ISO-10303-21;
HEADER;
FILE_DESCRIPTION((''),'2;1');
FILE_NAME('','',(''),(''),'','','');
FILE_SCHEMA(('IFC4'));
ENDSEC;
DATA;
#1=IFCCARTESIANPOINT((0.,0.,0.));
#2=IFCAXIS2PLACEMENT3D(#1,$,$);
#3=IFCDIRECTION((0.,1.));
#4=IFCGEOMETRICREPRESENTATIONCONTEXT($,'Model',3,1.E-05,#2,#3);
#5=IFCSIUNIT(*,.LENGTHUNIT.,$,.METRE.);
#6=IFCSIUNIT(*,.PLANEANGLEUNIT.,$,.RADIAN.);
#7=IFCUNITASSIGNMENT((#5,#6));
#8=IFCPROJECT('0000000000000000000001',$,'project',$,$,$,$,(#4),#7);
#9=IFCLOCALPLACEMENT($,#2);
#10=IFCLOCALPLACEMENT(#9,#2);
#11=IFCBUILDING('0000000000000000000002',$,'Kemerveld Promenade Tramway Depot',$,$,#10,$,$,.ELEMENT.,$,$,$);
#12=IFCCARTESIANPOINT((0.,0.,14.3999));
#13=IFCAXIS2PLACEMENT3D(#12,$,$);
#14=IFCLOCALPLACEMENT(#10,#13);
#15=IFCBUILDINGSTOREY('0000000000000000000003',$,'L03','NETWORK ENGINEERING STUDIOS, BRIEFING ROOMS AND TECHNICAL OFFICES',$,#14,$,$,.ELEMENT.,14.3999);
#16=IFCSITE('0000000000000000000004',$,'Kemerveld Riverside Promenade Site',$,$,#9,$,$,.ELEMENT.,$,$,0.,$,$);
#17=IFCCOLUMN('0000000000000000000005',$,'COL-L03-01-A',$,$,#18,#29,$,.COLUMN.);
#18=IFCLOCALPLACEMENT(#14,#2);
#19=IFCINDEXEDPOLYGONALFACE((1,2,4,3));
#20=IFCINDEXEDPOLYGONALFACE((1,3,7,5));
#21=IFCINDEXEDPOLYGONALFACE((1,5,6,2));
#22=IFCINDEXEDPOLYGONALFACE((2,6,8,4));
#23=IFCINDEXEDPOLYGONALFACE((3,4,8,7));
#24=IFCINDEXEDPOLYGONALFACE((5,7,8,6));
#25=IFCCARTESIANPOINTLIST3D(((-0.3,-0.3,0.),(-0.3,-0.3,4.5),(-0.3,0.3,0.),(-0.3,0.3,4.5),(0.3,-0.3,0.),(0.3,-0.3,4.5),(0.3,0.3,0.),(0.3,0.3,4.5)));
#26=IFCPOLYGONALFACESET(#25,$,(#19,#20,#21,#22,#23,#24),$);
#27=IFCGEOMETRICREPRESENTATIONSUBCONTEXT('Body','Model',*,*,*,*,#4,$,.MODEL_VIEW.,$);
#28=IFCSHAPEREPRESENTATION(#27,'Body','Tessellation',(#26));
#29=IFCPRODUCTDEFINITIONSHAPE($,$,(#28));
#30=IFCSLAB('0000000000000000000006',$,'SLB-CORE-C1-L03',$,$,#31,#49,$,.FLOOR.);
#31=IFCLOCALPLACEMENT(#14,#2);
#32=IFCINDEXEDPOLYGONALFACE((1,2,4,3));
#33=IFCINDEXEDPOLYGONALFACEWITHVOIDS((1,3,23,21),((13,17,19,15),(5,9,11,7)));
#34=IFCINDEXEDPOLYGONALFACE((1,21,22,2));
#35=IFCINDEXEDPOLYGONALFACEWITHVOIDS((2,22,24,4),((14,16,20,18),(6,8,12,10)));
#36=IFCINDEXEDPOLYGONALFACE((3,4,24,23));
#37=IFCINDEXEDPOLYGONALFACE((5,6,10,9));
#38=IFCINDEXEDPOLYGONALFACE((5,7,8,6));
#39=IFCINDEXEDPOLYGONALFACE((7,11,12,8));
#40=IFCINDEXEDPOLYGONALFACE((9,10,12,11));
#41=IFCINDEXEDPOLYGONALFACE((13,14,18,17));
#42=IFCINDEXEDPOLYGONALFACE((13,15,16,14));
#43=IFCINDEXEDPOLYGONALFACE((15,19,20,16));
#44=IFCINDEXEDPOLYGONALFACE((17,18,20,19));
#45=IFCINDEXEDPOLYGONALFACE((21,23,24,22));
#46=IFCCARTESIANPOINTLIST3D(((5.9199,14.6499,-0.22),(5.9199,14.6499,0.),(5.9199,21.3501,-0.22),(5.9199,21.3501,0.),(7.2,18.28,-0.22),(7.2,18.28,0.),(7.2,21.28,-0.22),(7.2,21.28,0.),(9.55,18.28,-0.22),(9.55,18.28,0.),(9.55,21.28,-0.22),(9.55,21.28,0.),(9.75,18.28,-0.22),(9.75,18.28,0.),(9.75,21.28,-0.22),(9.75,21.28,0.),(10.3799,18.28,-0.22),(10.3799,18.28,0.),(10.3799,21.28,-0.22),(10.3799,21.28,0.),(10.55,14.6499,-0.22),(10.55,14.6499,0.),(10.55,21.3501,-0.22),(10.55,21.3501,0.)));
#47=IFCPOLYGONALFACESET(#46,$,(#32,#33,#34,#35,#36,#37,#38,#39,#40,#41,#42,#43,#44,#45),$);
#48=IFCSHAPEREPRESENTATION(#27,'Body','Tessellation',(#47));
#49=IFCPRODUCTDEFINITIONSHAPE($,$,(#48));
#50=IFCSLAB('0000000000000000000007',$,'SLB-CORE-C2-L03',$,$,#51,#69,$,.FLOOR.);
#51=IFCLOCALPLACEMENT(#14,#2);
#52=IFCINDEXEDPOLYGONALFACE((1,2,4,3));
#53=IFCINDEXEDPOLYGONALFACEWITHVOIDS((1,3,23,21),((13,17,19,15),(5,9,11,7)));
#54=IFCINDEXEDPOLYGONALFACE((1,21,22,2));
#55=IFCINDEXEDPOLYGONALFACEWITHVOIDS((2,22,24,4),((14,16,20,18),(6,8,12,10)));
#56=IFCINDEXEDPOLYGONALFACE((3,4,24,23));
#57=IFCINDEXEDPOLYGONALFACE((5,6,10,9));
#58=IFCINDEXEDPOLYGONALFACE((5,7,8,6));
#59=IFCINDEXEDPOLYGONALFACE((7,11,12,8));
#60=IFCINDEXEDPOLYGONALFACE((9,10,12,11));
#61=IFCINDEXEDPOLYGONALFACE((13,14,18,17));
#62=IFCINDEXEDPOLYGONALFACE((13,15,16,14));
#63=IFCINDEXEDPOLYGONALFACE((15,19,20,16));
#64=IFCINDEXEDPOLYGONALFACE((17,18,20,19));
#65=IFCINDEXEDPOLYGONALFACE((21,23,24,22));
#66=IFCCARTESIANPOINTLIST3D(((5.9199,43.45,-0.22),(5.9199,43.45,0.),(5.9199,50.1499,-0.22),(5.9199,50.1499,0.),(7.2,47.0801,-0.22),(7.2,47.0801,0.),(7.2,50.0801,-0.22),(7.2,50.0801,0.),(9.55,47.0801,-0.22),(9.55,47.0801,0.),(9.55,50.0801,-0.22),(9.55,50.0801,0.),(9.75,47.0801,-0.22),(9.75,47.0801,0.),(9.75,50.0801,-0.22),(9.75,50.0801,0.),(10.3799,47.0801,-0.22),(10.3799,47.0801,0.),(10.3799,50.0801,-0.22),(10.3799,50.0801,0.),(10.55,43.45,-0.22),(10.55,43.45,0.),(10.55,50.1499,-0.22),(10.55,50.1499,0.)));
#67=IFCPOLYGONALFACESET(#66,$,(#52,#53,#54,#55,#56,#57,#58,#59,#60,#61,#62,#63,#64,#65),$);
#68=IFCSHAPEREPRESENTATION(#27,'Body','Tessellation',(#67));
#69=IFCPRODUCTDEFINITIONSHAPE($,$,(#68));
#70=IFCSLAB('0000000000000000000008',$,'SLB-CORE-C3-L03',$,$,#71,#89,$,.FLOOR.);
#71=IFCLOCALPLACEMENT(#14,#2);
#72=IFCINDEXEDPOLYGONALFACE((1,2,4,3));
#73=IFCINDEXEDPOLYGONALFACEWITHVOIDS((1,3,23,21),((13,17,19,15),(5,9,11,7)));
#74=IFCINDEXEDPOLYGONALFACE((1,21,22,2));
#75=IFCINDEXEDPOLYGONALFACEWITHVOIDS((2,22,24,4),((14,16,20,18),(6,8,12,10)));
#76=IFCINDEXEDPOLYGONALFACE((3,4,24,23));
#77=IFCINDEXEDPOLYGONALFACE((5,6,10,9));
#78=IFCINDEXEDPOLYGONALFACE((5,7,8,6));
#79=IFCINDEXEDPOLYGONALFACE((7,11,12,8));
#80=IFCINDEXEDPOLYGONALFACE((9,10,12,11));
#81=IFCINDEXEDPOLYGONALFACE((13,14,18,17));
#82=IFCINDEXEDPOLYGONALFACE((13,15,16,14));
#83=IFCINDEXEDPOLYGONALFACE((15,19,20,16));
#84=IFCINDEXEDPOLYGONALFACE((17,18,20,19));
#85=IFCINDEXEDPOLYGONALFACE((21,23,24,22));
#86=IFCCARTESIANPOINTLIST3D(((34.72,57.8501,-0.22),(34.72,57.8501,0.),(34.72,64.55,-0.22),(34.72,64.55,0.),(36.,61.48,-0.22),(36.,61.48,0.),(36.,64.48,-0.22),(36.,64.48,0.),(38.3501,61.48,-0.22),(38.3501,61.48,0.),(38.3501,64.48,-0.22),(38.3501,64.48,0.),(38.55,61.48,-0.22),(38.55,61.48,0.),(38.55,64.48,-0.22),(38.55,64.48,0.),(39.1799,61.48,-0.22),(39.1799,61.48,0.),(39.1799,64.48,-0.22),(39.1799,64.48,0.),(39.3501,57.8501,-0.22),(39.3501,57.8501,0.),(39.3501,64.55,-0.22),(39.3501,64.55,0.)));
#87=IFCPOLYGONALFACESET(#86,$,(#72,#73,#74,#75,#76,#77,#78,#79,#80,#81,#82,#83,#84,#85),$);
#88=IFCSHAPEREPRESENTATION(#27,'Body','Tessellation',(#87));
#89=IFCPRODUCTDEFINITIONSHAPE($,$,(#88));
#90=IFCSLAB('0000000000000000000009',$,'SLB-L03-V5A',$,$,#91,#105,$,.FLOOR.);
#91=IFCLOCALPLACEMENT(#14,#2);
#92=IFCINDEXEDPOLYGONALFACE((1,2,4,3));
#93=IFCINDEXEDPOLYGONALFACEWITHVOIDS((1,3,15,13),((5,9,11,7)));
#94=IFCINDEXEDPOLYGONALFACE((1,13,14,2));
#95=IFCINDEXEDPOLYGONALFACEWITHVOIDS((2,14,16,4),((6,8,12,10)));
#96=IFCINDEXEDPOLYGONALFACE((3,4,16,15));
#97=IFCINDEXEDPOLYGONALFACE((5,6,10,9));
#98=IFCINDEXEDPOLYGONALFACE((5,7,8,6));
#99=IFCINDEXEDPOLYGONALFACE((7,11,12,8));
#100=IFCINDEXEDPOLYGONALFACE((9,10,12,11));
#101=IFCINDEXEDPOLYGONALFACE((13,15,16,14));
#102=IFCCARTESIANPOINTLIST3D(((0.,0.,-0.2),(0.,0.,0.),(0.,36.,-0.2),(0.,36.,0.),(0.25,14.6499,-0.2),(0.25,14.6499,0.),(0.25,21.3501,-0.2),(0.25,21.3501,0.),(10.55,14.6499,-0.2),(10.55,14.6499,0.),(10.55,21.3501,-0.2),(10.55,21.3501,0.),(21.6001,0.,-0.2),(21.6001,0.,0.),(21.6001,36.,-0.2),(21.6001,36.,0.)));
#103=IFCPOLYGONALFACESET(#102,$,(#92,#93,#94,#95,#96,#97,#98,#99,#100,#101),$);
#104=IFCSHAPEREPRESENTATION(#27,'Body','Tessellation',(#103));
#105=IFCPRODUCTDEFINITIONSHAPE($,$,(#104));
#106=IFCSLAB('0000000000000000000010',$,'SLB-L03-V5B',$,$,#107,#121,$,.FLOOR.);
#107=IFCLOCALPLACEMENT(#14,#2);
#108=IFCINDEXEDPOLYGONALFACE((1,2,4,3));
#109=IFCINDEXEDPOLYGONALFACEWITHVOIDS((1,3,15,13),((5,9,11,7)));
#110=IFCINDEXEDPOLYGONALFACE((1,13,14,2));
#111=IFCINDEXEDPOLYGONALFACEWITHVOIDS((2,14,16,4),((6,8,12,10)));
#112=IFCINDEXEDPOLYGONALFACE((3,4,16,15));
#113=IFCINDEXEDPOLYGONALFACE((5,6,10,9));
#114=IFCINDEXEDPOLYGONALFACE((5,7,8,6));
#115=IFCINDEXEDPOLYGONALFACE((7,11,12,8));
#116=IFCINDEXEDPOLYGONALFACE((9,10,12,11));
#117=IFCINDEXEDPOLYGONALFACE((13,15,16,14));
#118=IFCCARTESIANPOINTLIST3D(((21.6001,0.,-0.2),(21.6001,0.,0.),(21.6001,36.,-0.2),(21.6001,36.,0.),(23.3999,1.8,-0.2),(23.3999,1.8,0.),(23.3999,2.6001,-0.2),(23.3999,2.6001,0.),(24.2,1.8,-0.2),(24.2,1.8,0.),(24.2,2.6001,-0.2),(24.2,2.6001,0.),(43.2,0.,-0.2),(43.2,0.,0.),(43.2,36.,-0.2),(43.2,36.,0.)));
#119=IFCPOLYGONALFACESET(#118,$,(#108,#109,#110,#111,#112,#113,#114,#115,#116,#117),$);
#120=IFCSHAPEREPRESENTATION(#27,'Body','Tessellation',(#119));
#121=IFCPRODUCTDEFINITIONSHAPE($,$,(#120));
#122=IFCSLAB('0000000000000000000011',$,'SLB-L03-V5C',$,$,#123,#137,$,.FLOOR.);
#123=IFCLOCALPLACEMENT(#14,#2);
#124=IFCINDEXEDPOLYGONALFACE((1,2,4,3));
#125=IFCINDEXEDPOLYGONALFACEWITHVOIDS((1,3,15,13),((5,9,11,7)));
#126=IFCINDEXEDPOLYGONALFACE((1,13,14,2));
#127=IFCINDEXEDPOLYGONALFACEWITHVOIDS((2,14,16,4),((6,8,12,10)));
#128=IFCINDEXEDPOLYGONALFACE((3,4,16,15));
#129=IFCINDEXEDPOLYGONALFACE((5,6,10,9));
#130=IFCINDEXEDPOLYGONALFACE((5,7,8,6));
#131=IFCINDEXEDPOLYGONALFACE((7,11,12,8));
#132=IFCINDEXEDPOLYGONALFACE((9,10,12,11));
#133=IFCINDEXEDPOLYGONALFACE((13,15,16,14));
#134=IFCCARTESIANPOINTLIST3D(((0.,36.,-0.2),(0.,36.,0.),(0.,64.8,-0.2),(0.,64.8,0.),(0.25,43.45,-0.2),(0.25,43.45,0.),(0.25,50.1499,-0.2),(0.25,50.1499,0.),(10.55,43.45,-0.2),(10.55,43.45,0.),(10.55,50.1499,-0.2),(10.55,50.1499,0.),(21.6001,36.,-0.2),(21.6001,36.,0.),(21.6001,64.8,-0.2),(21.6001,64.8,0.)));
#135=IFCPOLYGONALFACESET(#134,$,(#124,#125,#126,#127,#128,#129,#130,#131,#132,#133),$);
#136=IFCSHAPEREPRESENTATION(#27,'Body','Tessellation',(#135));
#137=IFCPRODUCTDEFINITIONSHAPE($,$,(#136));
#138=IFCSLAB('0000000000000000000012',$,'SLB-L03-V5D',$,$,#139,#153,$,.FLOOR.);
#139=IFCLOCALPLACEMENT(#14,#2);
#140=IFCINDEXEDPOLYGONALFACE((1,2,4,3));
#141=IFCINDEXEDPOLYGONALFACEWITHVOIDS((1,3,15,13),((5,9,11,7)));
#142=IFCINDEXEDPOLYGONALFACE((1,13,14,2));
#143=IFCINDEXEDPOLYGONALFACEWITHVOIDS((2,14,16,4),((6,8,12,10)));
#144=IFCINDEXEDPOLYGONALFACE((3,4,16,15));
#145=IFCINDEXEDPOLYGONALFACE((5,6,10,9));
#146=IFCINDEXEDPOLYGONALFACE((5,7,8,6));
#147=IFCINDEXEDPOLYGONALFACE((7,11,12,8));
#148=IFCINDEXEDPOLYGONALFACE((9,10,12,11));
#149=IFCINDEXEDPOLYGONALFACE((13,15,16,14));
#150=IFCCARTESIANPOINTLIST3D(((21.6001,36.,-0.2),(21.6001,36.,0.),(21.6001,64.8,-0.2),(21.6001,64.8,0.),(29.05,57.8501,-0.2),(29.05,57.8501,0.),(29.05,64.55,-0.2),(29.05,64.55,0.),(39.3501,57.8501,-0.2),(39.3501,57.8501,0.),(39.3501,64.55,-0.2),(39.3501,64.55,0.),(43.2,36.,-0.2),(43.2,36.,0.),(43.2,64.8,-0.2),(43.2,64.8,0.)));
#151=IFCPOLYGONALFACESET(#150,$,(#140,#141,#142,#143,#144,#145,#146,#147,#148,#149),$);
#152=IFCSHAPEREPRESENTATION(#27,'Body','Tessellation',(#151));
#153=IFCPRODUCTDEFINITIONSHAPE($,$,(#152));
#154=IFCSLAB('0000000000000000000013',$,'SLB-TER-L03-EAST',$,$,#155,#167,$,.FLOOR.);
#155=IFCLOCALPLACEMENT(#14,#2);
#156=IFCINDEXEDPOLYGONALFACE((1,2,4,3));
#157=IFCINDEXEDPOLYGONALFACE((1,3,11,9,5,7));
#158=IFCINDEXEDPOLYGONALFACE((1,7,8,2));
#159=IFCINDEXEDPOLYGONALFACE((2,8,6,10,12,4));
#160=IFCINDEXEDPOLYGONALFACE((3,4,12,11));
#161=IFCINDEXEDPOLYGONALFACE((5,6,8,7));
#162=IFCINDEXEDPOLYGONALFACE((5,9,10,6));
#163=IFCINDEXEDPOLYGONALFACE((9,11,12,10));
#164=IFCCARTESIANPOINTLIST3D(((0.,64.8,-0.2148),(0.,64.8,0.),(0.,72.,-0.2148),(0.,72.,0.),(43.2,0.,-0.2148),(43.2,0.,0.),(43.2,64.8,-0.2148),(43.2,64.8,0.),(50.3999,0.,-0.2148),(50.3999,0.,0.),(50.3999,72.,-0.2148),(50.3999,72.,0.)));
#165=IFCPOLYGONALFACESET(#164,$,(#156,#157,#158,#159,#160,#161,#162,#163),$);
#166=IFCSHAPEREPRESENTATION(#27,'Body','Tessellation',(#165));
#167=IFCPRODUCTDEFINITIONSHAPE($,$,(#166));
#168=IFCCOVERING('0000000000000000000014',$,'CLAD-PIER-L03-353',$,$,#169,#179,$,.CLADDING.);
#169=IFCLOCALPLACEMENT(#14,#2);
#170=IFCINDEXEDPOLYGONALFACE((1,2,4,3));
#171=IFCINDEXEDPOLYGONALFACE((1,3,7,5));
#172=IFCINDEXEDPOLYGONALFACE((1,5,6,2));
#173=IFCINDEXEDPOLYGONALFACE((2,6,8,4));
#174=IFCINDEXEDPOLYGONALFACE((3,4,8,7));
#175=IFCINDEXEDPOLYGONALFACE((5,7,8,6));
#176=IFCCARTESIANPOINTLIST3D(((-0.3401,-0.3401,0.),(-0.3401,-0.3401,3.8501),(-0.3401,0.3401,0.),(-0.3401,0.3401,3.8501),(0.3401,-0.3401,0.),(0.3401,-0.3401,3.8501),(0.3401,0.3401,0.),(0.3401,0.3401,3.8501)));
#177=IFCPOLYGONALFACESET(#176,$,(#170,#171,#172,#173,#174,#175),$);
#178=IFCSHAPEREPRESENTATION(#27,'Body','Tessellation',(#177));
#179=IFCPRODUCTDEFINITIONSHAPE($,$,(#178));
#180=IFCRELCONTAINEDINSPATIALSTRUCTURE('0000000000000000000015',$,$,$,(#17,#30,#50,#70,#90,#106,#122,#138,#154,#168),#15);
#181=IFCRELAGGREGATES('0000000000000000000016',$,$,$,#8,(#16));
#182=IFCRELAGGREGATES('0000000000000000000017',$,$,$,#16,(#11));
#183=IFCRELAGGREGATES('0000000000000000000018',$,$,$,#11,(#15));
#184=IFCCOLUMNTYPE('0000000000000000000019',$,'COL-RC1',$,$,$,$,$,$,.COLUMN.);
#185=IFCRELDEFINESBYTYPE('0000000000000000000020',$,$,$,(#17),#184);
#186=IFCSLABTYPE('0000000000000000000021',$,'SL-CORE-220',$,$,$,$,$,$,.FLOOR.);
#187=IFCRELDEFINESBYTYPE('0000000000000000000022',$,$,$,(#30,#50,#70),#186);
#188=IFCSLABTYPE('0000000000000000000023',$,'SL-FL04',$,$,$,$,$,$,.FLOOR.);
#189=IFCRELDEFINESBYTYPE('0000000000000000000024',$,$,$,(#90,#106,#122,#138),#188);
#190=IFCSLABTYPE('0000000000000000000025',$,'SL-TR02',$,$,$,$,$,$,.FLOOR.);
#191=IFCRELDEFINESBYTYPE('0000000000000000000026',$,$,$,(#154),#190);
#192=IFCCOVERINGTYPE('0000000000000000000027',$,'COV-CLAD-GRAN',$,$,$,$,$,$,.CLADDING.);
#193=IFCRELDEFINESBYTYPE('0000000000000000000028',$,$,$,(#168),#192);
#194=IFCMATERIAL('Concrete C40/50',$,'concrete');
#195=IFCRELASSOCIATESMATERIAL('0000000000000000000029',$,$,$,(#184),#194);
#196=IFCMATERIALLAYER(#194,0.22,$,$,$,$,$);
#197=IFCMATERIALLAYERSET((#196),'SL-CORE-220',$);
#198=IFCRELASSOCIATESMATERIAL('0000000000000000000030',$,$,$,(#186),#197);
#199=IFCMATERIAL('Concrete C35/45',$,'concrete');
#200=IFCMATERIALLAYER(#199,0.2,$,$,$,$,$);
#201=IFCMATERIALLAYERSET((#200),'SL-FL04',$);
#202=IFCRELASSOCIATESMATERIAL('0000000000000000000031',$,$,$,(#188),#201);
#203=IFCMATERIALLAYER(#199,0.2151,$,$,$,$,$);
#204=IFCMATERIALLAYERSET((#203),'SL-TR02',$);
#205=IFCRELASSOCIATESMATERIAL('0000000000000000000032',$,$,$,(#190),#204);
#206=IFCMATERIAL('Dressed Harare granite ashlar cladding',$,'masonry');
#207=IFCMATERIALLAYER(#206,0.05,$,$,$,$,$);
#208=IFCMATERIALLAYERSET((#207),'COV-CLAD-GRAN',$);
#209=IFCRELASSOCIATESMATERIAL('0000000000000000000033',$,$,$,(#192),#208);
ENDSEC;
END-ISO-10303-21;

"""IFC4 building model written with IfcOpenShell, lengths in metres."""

from ifc_helpers import new_model, si_unit, direction, frame, origin, origin_with_axes, origin_2d, place, context, subcontext, project, spatial, polyline, rectangle, outline, extrude, material, layer, layer_set, material_profile, profile_set, type_object, element, save


model = new_model("IFC4")

# Units and contexts
model_context = context("Model", 3, precision=1e-05, world=origin(), true_north=direction((0.0, 1.0)))
body_context = subcontext(model_context, "Body", "Model", "MODEL_VIEW")
ifc_project = project(units=[si_unit("LENGTHUNIT", "METRE"), si_unit("PLANEANGLEUNIT", "RADIAN")], contexts=[model_context])

# Site, building, storey
site_placement = place(None, origin())
site = spatial("IfcSite", under=ifc_project, at=site_placement, Name="Kemerveld Riverside Promenade Site", CompositionType="ELEMENT", RefElevation=0.0)
building_placement = place(site_placement, origin())
building = spatial("IfcBuilding", under=site, at=building_placement, Name="Kemerveld Promenade Tramway Depot", CompositionType="ELEMENT")
storey_placement = place(building_placement, frame((0.0, 0.0, 14.3999)))
storey = spatial("IfcBuildingStorey", under=building, at=storey_placement, Name="L03", Description="NETWORK ENGINEERING STUDIOS, BRIEFING ROOMS AND TECHNICAL OFFICES", CompositionType="ELEMENT", Elevation=14.3999)

# Column
ifc_material_1 = material(Name="Concrete C40/50", Category="concrete")
ifc_material_profile = material_profile(ifc_material_1, rectangle(XDim=0.6001, YDim=0.6001, at=origin_2d()), Name="RC-COL-600x600")
ifc_profile_set = profile_set([ifc_material_profile], Name="Concrete C40/50")
column_type = type_object("IfcColumnType", Name="COL-RC1", PredefinedType="COLUMN", material=ifc_profile_set)
column_placement = place(storey_placement, origin_with_axes())
element("IfcColumn", 1, at=column_placement, inside=storey, type_object=column_type, Name="COL-L03-01-A", PredefinedType="COLUMN", context=body_context, shape_type="SweptSolid", body=[
    extrude(rectangle(XDim=0.6001, YDim=0.6001, at=origin_2d()), origin(), (0.0, 0.0, 1.0), 4.5),
])

# Slabs
ifc_layer_1 = layer(ifc_material_1, 0.22)
ifc_layer_set_1 = layer_set([ifc_layer_1], Name="SL-CORE-220")
slab_type_1 = type_object("IfcSlabType", Name="SL-CORE-220", PredefinedType="FLOOR", material=ifc_layer_set_1)
slab_1_placement = place(storey_placement, frame((0.0, 0.0, -0.22)))
element("IfcSlab", 2, at=slab_1_placement, inside=storey, type_object=slab_type_1, Name="SLB-CORE-C1-L03", PredefinedType="FLOOR", context=body_context, shape_type="SweptSolid", body=[
    extrude(outline(polyline([(5.9199, 14.6499), (10.55, 14.6499), (10.55, 21.3501), (5.9199, 21.3501), (5.9199, 14.6499)]), holes=[polyline([(7.2, 18.28), (9.55, 18.28), (9.55, 21.28), (7.2, 21.28), (7.2, 18.28)]), polyline([(9.75, 18.28), (10.3799, 18.28), (10.3799, 21.28), (9.75, 21.28), (9.75, 18.28)])]), origin(), (0.0, 0.0, 1.0), 0.22),
])
slab_2_placement = place(storey_placement, frame((0.0, 0.0, -0.22)))
element("IfcSlab", 3, at=slab_2_placement, inside=storey, type_object=slab_type_1, Name="SLB-CORE-C2-L03", PredefinedType="FLOOR", context=body_context, shape_type="SweptSolid", body=[
    extrude(outline(polyline([(5.9199, 43.45), (10.55, 43.45), (10.55, 50.1499), (5.9199, 50.1499), (5.9199, 43.45)]), holes=[polyline([(7.2, 47.0801), (9.55, 47.0801), (9.55, 50.0801), (7.2, 50.0801), (7.2, 47.0801)]), polyline([(9.75, 47.0801), (10.3799, 47.0801), (10.3799, 50.0801), (9.75, 50.0801), (9.75, 47.0801)])]), origin(), (0.0, 0.0, 1.0), 0.22),
])
slab_3_placement = place(storey_placement, frame((0.0, 0.0, -0.22)))
element("IfcSlab", 4, at=slab_3_placement, inside=storey, type_object=slab_type_1, Name="SLB-CORE-C3-L03", PredefinedType="FLOOR", context=body_context, shape_type="SweptSolid", body=[
    extrude(outline(polyline([(34.72, 57.8501), (39.3501, 57.8501), (39.3501, 64.55), (34.72, 64.55), (34.72, 57.8501)]), holes=[polyline([(36.0, 61.48), (38.3501, 61.48), (38.3501, 64.48), (36.0, 64.48), (36.0, 61.48)]), polyline([(38.55, 61.48), (39.1799, 61.48), (39.1799, 64.48), (38.55, 64.48), (38.55, 61.48)])]), origin(), (0.0, 0.0, 1.0), 0.22),
])
ifc_material_2 = material(Name="Concrete C35/45", Category="concrete")
ifc_layer_2 = layer(ifc_material_2, 0.2)
ifc_layer_set_2 = layer_set([ifc_layer_2], Name="SL-FL04")
slab_type_2 = type_object("IfcSlabType", Name="SL-FL04", PredefinedType="FLOOR", material=ifc_layer_set_2)
slab_4_placement = place(storey_placement, frame((0.0, 0.0, -0.2)))
element("IfcSlab", 5, at=slab_4_placement, inside=storey, type_object=slab_type_2, Name="SLB-L03-V5A", PredefinedType="FLOOR", context=body_context, shape_type="SweptSolid", body=[
    extrude(outline(polyline([(0.0, 0.0), (21.6001, 0.0), (21.6001, 36.0), (0.0, 36.0), (0.0, 0.0)]), holes=[polyline([(0.25, 14.6499), (10.55, 14.6499), (10.55, 21.3501), (0.25, 21.3501), (0.25, 14.6499)])]), origin(), (0.0, 0.0, 1.0), 0.2),
])
slab_5_placement = place(storey_placement, frame((0.0, 0.0, -0.2)))
element("IfcSlab", 6, at=slab_5_placement, inside=storey, type_object=slab_type_2, Name="SLB-L03-V5B", PredefinedType="FLOOR", context=body_context, shape_type="SweptSolid", body=[
    extrude(outline(polyline([(21.6001, 0.0), (43.2, 0.0), (43.2, 36.0), (21.6001, 36.0), (21.6001, 0.0)]), holes=[polyline([(23.3999, 1.8), (24.2, 1.8), (24.2, 2.6001), (23.3999, 2.6001), (23.3999, 1.8)])]), origin(), (0.0, 0.0, 1.0), 0.2),
])
slab_6_placement = place(storey_placement, frame((0.0, 0.0, -0.2)))
element("IfcSlab", 7, at=slab_6_placement, inside=storey, type_object=slab_type_2, Name="SLB-L03-V5C", PredefinedType="FLOOR", context=body_context, shape_type="SweptSolid", body=[
    extrude(outline(polyline([(0.0, 36.0), (21.6001, 36.0), (21.6001, 64.8), (0.0, 64.8), (0.0, 36.0)]), holes=[polyline([(0.25, 43.45), (10.55, 43.45), (10.55, 50.1499), (0.25, 50.1499), (0.25, 43.45)])]), origin(), (0.0, 0.0, 1.0), 0.2),
])
slab_7_placement = place(storey_placement, frame((0.0, 0.0, -0.2)))
element("IfcSlab", 8, at=slab_7_placement, inside=storey, type_object=slab_type_2, Name="SLB-L03-V5D", PredefinedType="FLOOR", context=body_context, shape_type="SweptSolid", body=[
    extrude(outline(polyline([(21.6001, 36.0), (43.2, 36.0), (43.2, 64.8), (21.6001, 64.8), (21.6001, 36.0)]), holes=[polyline([(29.05, 57.8501), (39.3501, 57.8501), (39.3501, 64.55), (29.05, 64.55), (29.05, 57.8501)])]), origin(), (0.0, 0.0, 1.0), 0.2),
])
ifc_layer_3 = layer(ifc_material_2, 0.2151)
ifc_layer_set_3 = layer_set([ifc_layer_3], Name="SL-TR02")
slab_type_3 = type_object("IfcSlabType", Name="SL-TR02", PredefinedType="FLOOR", material=ifc_layer_set_3)
slab_8_placement = place(storey_placement, frame((0.0, 0.0, -0.2148)))
element("IfcSlab", 9, at=slab_8_placement, inside=storey, type_object=slab_type_3, Name="SLB-TER-L03-EAST", PredefinedType="FLOOR", context=body_context, shape_type="SweptSolid", body=[
    extrude(outline(polyline([(43.2, 0.0), (50.3999, 0.0), (50.3999, 72.0), (0.0, 72.0), (0.0, 64.8), (43.2, 64.8), (43.2, 0.0)])), origin(), (0.0, 0.0, 1.0), 0.2148),
])

# Covering
ifc_material_3 = material(Name="Dressed Harare granite ashlar cladding", Category="masonry")
ifc_layer_4 = layer(ifc_material_3, 0.05)
ifc_layer_set_4 = layer_set([ifc_layer_4], Name="COV-CLAD-GRAN")
covering_type = type_object("IfcCoveringType", Name="COV-CLAD-GRAN", PredefinedType="CLADDING", material=ifc_layer_set_4)
covering_1_placement = place(storey_placement, origin())
element("IfcCovering", 10, at=covering_1_placement, inside=storey, type_object=covering_type, Name="CLAD-PIER-L03-353", PredefinedType="CLADDING", context=body_context, shape_type="SweptSolid", body=[
    extrude(outline(polyline([(-0.3401, -0.3401), (0.3401, -0.3401), (0.3401, 0.3401), (-0.3401, 0.3401), (-0.3401, -0.3401)])), origin(), (0.0, 0.0, 1.0), 3.8501),
])

save(model, "model.ifc")
